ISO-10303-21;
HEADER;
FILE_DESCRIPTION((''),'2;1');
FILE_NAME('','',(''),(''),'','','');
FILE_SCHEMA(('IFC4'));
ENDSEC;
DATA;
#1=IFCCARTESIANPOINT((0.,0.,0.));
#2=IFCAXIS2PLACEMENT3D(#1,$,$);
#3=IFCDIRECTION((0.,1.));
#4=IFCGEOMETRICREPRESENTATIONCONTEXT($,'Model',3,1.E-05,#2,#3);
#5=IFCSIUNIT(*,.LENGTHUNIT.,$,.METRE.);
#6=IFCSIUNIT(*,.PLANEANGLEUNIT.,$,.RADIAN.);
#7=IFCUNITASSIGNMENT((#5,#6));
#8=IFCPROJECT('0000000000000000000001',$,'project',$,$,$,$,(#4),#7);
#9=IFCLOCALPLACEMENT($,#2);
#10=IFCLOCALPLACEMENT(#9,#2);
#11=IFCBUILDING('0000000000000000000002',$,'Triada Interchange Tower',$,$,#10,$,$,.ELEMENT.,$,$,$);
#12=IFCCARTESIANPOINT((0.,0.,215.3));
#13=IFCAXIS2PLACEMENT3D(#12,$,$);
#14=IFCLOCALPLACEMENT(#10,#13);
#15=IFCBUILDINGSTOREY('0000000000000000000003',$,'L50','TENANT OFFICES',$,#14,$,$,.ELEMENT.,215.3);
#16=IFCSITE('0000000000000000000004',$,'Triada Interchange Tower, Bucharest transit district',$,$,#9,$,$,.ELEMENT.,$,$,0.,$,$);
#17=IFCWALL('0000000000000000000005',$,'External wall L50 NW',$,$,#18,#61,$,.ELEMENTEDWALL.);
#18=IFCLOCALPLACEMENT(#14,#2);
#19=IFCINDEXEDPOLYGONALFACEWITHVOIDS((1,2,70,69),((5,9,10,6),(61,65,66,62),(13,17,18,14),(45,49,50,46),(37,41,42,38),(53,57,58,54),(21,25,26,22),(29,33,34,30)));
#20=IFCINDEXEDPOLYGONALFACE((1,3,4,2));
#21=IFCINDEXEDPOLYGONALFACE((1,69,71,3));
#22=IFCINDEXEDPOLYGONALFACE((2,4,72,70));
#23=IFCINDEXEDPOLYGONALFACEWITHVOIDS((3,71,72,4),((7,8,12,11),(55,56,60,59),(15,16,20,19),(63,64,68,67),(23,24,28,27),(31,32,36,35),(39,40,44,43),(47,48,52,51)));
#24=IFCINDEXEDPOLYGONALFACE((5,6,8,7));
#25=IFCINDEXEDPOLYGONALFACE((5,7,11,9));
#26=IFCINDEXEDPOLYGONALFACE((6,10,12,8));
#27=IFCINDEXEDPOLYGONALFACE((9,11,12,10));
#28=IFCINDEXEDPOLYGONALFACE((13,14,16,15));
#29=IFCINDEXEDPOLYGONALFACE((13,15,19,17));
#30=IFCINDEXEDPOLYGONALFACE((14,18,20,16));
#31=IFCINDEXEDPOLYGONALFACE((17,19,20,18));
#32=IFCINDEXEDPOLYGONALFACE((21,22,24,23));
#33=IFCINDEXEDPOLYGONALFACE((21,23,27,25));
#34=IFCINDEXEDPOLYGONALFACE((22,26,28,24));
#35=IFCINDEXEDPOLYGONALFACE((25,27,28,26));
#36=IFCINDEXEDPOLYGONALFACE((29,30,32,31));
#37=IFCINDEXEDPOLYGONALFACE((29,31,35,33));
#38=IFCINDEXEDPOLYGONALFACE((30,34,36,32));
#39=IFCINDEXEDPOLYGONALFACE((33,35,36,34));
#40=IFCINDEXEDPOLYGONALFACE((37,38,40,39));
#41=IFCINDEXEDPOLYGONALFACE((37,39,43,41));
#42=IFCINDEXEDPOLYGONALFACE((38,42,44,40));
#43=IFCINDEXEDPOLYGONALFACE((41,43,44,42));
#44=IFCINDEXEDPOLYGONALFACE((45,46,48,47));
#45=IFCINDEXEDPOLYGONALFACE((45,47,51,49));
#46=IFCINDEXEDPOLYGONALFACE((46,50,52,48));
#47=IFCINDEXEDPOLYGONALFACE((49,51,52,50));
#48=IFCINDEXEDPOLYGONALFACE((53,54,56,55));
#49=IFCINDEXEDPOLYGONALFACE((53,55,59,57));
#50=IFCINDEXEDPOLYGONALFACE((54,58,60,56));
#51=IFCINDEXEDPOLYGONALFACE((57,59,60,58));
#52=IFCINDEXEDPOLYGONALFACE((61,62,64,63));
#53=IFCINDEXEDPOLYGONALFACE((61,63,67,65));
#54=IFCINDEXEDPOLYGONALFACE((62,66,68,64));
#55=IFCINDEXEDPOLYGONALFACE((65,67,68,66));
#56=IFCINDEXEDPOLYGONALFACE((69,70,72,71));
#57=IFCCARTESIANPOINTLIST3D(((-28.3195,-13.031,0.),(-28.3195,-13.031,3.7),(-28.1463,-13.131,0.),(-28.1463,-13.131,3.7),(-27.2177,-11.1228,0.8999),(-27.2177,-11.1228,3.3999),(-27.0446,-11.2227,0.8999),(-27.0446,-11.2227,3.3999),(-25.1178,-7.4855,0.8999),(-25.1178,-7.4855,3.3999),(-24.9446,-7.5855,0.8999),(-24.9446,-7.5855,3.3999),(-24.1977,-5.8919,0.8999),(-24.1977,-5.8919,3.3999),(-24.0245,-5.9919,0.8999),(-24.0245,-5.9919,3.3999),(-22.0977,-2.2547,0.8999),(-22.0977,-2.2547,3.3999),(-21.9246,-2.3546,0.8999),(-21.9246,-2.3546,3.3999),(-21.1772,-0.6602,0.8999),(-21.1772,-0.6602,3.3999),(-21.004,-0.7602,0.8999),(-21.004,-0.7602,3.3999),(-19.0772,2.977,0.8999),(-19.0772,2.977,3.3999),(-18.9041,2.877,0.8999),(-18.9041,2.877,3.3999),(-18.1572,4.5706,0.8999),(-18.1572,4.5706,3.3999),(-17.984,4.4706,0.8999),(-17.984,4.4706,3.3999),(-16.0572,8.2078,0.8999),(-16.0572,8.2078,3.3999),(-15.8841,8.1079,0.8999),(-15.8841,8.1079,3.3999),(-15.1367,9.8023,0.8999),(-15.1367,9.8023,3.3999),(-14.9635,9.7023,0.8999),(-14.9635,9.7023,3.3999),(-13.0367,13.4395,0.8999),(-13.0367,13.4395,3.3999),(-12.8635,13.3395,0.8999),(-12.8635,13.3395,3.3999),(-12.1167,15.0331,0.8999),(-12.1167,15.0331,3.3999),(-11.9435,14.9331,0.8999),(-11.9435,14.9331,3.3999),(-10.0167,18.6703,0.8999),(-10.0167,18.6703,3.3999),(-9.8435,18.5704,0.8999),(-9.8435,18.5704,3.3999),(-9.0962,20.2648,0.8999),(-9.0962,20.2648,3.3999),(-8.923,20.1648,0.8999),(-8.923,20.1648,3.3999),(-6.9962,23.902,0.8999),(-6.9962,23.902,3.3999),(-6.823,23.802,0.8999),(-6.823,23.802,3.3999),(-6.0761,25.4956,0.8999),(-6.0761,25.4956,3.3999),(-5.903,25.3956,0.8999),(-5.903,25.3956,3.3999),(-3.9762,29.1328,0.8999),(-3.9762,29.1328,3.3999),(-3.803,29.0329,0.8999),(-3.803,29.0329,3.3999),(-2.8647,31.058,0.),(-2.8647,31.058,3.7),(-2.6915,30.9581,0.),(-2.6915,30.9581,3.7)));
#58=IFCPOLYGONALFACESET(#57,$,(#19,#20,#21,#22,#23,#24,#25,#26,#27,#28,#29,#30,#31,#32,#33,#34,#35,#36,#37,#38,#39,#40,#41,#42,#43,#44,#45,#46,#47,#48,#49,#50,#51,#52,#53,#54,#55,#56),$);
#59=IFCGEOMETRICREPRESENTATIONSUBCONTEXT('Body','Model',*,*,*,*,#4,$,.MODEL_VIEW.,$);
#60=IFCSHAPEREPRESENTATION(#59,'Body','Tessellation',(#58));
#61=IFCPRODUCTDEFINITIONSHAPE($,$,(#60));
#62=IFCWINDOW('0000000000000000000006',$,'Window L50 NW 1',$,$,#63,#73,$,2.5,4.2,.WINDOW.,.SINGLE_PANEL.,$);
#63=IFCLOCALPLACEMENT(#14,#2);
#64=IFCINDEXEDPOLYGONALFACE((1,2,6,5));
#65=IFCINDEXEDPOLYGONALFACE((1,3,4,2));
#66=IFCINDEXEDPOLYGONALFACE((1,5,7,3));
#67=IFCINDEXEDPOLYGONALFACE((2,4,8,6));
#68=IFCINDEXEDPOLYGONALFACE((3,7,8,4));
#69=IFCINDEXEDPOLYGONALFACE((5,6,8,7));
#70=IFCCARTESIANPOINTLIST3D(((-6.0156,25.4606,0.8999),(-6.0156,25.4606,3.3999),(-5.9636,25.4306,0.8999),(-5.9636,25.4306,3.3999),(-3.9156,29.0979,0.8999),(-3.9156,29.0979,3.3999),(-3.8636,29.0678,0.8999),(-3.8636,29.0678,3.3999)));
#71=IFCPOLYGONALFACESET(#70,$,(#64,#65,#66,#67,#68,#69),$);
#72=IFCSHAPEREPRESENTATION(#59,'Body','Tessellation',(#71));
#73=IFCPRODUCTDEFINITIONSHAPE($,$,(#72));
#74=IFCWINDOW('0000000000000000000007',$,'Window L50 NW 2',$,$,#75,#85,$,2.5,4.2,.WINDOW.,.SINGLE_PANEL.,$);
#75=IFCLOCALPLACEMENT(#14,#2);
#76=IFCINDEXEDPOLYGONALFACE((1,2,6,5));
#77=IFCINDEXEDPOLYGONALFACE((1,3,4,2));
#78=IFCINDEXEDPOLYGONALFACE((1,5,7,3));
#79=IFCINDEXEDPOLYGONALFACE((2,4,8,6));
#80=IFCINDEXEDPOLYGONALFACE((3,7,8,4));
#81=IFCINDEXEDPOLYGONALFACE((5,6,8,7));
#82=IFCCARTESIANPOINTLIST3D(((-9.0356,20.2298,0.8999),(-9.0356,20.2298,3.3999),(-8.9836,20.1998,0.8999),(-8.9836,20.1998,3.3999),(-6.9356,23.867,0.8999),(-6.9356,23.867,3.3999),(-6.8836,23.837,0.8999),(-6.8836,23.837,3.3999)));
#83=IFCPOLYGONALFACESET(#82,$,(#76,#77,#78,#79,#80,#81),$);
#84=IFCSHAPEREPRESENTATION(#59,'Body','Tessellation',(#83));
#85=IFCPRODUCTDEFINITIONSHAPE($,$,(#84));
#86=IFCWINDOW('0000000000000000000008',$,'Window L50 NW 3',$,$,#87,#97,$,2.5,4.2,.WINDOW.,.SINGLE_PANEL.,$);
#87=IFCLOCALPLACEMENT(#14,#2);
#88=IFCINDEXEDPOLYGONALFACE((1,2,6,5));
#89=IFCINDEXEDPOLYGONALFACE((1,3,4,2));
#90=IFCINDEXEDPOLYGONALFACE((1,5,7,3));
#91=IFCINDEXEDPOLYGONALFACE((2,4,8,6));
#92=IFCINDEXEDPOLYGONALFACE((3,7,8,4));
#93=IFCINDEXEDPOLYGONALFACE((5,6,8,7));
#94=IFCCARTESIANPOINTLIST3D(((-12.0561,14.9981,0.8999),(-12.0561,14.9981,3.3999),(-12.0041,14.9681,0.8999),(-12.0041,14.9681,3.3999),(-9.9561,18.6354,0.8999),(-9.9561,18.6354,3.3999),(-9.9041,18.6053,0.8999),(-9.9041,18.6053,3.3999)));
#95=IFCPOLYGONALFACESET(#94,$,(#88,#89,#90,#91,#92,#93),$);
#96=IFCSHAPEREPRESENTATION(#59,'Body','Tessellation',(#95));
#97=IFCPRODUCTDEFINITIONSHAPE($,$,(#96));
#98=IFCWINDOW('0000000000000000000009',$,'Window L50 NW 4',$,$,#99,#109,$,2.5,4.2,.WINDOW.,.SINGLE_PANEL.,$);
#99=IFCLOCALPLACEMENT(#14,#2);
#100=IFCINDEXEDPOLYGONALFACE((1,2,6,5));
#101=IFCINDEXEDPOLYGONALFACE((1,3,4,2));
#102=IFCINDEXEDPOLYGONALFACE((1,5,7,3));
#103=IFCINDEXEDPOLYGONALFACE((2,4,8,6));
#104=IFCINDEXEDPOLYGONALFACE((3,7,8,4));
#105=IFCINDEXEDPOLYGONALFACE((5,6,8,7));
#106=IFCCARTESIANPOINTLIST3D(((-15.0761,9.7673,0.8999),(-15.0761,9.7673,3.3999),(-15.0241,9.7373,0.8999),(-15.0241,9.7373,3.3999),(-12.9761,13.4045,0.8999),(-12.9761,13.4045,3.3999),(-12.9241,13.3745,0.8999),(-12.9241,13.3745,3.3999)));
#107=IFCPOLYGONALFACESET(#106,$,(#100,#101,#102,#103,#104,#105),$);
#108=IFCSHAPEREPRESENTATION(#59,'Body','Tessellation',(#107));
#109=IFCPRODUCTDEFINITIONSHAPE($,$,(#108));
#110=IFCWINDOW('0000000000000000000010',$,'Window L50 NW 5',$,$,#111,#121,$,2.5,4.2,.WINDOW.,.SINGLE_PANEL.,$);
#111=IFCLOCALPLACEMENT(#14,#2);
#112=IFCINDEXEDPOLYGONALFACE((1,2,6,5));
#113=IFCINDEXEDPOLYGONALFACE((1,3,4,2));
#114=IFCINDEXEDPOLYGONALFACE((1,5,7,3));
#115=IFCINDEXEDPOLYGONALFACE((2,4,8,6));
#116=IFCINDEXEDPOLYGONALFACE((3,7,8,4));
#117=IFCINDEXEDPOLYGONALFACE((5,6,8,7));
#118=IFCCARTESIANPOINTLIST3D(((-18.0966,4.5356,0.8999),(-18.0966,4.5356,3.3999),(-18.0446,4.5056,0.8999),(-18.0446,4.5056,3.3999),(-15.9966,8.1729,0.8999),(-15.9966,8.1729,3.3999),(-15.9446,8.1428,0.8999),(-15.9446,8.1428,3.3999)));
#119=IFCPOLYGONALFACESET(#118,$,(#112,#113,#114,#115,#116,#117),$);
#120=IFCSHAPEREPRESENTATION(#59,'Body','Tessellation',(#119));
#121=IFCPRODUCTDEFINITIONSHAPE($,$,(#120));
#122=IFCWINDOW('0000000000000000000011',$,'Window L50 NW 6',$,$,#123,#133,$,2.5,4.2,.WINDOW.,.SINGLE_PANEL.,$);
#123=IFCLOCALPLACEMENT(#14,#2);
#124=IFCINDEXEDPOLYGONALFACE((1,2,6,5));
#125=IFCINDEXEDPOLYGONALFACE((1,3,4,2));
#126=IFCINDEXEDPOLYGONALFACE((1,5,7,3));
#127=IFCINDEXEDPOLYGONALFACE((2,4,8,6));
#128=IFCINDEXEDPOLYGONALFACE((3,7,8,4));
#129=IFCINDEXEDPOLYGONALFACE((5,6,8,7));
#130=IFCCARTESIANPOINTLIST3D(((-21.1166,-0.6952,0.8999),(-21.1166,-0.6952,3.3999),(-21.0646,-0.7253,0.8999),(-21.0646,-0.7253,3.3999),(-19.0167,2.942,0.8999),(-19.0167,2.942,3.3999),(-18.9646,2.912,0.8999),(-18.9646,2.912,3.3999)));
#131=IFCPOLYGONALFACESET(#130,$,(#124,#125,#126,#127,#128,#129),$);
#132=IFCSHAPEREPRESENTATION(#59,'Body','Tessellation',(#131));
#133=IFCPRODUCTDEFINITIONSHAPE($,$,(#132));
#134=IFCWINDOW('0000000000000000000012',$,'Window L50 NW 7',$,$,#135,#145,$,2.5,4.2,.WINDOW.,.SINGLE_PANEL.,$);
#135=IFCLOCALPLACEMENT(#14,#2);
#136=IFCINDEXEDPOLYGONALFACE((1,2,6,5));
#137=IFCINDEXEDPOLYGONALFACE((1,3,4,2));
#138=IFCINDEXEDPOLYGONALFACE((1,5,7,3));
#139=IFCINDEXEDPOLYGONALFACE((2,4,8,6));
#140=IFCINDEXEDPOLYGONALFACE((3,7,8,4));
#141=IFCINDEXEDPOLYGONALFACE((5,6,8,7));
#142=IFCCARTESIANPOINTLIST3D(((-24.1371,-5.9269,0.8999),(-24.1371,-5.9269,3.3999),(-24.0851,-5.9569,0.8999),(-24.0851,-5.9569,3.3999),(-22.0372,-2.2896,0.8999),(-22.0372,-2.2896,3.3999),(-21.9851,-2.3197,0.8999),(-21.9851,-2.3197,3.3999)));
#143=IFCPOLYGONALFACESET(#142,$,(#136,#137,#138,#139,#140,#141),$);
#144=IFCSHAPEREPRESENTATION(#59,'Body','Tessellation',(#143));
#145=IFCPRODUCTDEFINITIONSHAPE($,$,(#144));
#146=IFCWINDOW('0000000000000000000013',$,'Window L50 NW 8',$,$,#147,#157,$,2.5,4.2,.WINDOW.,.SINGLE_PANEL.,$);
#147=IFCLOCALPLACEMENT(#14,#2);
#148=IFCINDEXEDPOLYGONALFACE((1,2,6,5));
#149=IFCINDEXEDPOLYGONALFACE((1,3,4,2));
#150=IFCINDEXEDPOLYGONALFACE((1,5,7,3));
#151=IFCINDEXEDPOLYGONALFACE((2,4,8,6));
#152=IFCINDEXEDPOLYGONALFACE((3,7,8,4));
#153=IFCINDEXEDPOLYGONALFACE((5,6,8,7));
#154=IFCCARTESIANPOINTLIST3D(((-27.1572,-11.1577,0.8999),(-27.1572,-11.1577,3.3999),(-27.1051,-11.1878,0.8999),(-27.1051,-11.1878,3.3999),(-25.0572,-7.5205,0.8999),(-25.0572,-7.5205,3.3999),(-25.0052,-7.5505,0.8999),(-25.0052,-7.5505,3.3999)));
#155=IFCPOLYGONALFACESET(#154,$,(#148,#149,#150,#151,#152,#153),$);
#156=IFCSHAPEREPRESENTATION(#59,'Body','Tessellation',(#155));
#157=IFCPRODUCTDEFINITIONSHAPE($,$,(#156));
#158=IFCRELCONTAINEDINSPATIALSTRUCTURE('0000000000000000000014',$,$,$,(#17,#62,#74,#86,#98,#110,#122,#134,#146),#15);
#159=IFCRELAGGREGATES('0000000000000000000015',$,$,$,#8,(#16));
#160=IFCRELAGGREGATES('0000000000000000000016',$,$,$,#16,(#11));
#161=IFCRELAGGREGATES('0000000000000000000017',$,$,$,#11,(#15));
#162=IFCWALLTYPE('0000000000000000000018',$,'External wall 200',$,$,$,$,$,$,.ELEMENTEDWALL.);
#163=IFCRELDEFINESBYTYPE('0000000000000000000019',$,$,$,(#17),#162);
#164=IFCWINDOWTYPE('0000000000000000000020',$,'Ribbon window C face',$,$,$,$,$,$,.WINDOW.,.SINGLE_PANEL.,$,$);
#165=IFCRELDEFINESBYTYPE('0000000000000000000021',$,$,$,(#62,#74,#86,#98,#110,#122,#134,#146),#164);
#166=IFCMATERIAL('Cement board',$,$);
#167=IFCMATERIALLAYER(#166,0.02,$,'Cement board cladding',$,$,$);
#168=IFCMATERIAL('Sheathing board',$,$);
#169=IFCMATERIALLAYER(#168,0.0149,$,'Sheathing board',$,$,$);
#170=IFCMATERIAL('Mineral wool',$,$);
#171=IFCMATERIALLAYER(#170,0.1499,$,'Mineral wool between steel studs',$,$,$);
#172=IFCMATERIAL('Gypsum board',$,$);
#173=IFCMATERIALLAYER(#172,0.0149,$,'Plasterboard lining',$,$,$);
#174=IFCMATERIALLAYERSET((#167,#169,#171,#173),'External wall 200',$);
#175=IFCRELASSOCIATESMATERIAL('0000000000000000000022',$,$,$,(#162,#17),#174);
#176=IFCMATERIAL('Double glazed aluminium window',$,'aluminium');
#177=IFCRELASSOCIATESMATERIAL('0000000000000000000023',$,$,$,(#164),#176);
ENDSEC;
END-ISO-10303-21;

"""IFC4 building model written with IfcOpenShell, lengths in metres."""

from ifc_helpers import new_model, si_unit, direction, frame, frame_2d, origin, place, context, subcontext, project, spatial, rectangle, extrude, material, layer, layer_set, layer_usage, type_object, element, fill, save


model = new_model("IFC4")

# Units and contexts
model_context = context("Model", 3, precision=1e-05, world=origin(), true_north=direction((0.0, 1.0)))
body_context = subcontext(model_context, "Body", "Model", "MODEL_VIEW")
ifc_project = project(units=[si_unit("LENGTHUNIT", "METRE"), si_unit("PLANEANGLEUNIT", "RADIAN")], contexts=[model_context])

# Site, building, storey
site_placement = place(None, origin())
site = spatial("IfcSite", under=ifc_project, at=site_placement, Name="Triada Interchange Tower, Bucharest transit district", CompositionType="ELEMENT", RefElevation=0.0)
building_placement = place(site_placement, origin())
building = spatial("IfcBuilding", under=site, at=building_placement, Name="Triada Interchange Tower", CompositionType="ELEMENT")
storey_placement = place(building_placement, frame((0.0, 0.0, 215.3)))
storey = spatial("IfcBuildingStorey", under=building, at=storey_placement, Name="L50", Description="TENANT OFFICES", CompositionType="ELEMENT", Elevation=215.3)

# Wall, openings, windows
ifc_material_1 = material(Name="Cement board")
ifc_layer_1 = layer(ifc_material_1, 0.02, Name="Cement board cladding")
ifc_material_2 = material(Name="Sheathing board")
ifc_layer_2 = layer(ifc_material_2, 0.0149, Name="Sheathing board")
ifc_material_3 = material(Name="Mineral wool")
ifc_layer_3 = layer(ifc_material_3, 0.1499, Name="Mineral wool between steel studs")
ifc_material_4 = material(Name="Gypsum board")
ifc_layer_4 = layer(ifc_material_4, 0.0149, Name="Plasterboard lining")
ifc_layer_set_1 = layer_set([ifc_layer_1, ifc_layer_2, ifc_layer_3, ifc_layer_4], Name="External wall 200")
ifc_layer_usage = layer_usage(ifc_layer_set_1, "AXIS2", "POSITIVE", -0.1001)
wall_type_1 = type_object("IfcWallType", Name="External wall 200", PredefinedType="ELEMENTEDWALL", material=ifc_layer_set_1)
wall_1_placement = place(storey_placement, frame((-2.7781, 31.0081, 0.0), z_axis=(0.0, 0.0, 1.0), x_axis=(-0.5, -0.866026, 0.0)))
wall_1 = element("IfcWall", 1, at=wall_1_placement, inside=storey, type_object=wall_type_1, material=ifc_layer_usage, Name="External wall L50 NW", PredefinedType="ELEMENTEDWALL", context=body_context, shape_type="SweptSolid", body=[
    extrude(rectangle(XDim=50.9097, YDim=0.2, at=frame_2d((25.4548, 0.0))), origin(), (0.0, 0.0, 1.0), 3.7),
])
opening_1_placement = place(wall_1_placement, frame((2.2229, 0.0, 0.8999)))
opening_1 = element("IfcOpeningElement", 2, at=opening_1_placement, cuts=wall_1, PredefinedType="OPENING", context=body_context, shape_type="SweptSolid", body=[
    extrude(rectangle(XDim=4.2, YDim=2.5, at=frame_2d((2.1001, 1.25))), frame((0.0, 0.1099, 0.0), z_axis=(0.0, -1.0, 0.0), x_axis=(1.0, 0.0, 0.0)), (0.0, 0.0, 1.0), 0.22),
])
opening_2_placement = place(wall_1_placement, frame((8.2629, 0.0, 0.8999)))
opening_2 = element("IfcOpeningElement", 3, at=opening_2_placement, cuts=wall_1, PredefinedType="OPENING", context=body_context, shape_type="SweptSolid", body=[
    extrude(rectangle(XDim=4.2, YDim=2.5, at=frame_2d((2.1001, 1.25))), frame((0.0, 0.1099, 0.0), z_axis=(0.0, -1.0, 0.0), x_axis=(1.0, 0.0, 0.0)), (0.0, 0.0, 1.0), 0.22),
])
opening_3_placement = place(wall_1_placement, frame((14.304, 0.0, 0.8999)))
opening_3 = element("IfcOpeningElement", 4, at=opening_3_placement, cuts=wall_1, PredefinedType="OPENING", context=body_context, shape_type="SweptSolid", body=[
    extrude(rectangle(XDim=4.2, YDim=2.5, at=frame_2d((2.1001, 1.25))), frame((0.0, 0.1099, 0.0), z_axis=(0.0, -1.0, 0.0), x_axis=(1.0, 0.0, 0.0)), (0.0, 0.0, 1.0), 0.22),
])
opening_4_placement = place(wall_1_placement, frame((20.344, 0.0, 0.8999)))
opening_4 = element("IfcOpeningElement", 5, at=opening_4_placement, cuts=wall_1, PredefinedType="OPENING", context=body_context, shape_type="SweptSolid", body=[
    extrude(rectangle(XDim=4.2, YDim=2.5, at=frame_2d((2.1001, 1.25))), frame((0.0, 0.1099, 0.0), z_axis=(0.0, -1.0, 0.0), x_axis=(1.0, 0.0, 0.0)), (0.0, 0.0, 1.0), 0.22),
])
opening_5_placement = place(wall_1_placement, frame((26.385, 0.0, 0.8999)))
opening_5 = element("IfcOpeningElement", 6, at=opening_5_placement, cuts=wall_1, PredefinedType="OPENING", context=body_context, shape_type="SweptSolid", body=[
    extrude(rectangle(XDim=4.2, YDim=2.5, at=frame_2d((2.1001, 1.25))), frame((0.0, 0.1099, 0.0), z_axis=(0.0, -1.0, 0.0), x_axis=(1.0, 0.0, 0.0)), (0.0, 0.0, 1.0), 0.22),
])
opening_6_placement = place(wall_1_placement, frame((32.425, 0.0, 0.8999)))
opening_6 = element("IfcOpeningElement", 7, at=opening_6_placement, cuts=wall_1, PredefinedType="OPENING", context=body_context, shape_type="SweptSolid", body=[
    extrude(rectangle(XDim=4.2, YDim=2.5, at=frame_2d((2.1001, 1.25))), frame((0.0, 0.1099, 0.0), z_axis=(0.0, -1.0, 0.0), x_axis=(1.0, 0.0, 0.0)), (0.0, 0.0, 1.0), 0.22),
])
opening_7_placement = place(wall_1_placement, frame((38.4661, 0.0, 0.8999)))
opening_7 = element("IfcOpeningElement", 8, at=opening_7_placement, cuts=wall_1, PredefinedType="OPENING", context=body_context, shape_type="SweptSolid", body=[
    extrude(rectangle(XDim=4.2, YDim=2.5, at=frame_2d((2.1001, 1.25))), frame((0.0, 0.1099, 0.0), z_axis=(0.0, -1.0, 0.0), x_axis=(1.0, 0.0, 0.0)), (0.0, 0.0, 1.0), 0.22),
])
opening_8_placement = place(wall_1_placement, frame((44.5061, 0.0, 0.8999)))
opening_8 = element("IfcOpeningElement", 9, at=opening_8_placement, cuts=wall_1, PredefinedType="OPENING", context=body_context, shape_type="SweptSolid", body=[
    extrude(rectangle(XDim=4.2, YDim=2.5, at=frame_2d((2.1001, 1.25))), frame((0.0, 0.1099, 0.0), z_axis=(0.0, -1.0, 0.0), x_axis=(1.0, 0.0, 0.0)), (0.0, 0.0, 1.0), 0.22),
])
ifc_material_5 = material(Name="Double glazed aluminium window", Category="aluminium")
window_type = type_object("IfcWindowType", Name="Ribbon window C face", PartitioningType="SINGLE_PANEL", PredefinedType="WINDOW", material=ifc_material_5)
window_1_placement = place(opening_1_placement, origin())
window_1 = element("IfcWindow", 10, at=window_1_placement, inside=storey, type_object=window_type, Name="Window L50 NW 1", OverallHeight=2.5, OverallWidth=4.2, PartitioningType="SINGLE_PANEL", PredefinedType="WINDOW", context=body_context, shape_type="SweptSolid", body=[
    extrude(rectangle(XDim=4.2, YDim=2.5, at=frame_2d((2.1001, 1.25))), frame((0.0, 0.03, 0.0), z_axis=(0.0, -1.0, 0.0), x_axis=(1.0, 0.0, 0.0)), (0.0, 0.0, 1.0), 0.0601),
])
fill(opening_1, window_1)
window_2_placement = place(opening_2_placement, origin())
window_2 = element("IfcWindow", 11, at=window_2_placement, inside=storey, type_object=window_type, Name="Window L50 NW 2", OverallHeight=2.5, OverallWidth=4.2, PartitioningType="SINGLE_PANEL", PredefinedType="WINDOW", context=body_context, shape_type="SweptSolid", body=[
    extrude(rectangle(XDim=4.2, YDim=2.5, at=frame_2d((2.1001, 1.25))), frame((0.0, 0.03, 0.0), z_axis=(0.0, -1.0, 0.0), x_axis=(1.0, 0.0, 0.0)), (0.0, 0.0, 1.0), 0.0601),
])
fill(opening_2, window_2)
window_3_placement = place(opening_3_placement, origin())
window_3 = element("IfcWindow", 12, at=window_3_placement, inside=storey, type_object=window_type, Name="Window L50 NW 3", OverallHeight=2.5, OverallWidth=4.2, PartitioningType="SINGLE_PANEL", PredefinedType="WINDOW", context=body_context, shape_type="SweptSolid", body=[
    extrude(rectangle(XDim=4.2, YDim=2.5, at=frame_2d((2.1001, 1.25))), frame((0.0, 0.03, 0.0), z_axis=(0.0, -1.0, 0.0), x_axis=(1.0, 0.0, 0.0)), (0.0, 0.0, 1.0), 0.0601),
])
fill(opening_3, window_3)
window_4_placement = place(opening_4_placement, origin())
window_4 = element("IfcWindow", 13, at=window_4_placement, inside=storey, type_object=window_type, Name="Window L50 NW 4", OverallHeight=2.5, OverallWidth=4.2, PartitioningType="SINGLE_PANEL", PredefinedType="WINDOW", context=body_context, shape_type="SweptSolid", body=[
    extrude(rectangle(XDim=4.2, YDim=2.5, at=frame_2d((2.1001, 1.25))), frame((0.0, 0.03, 0.0), z_axis=(0.0, -1.0, 0.0), x_axis=(1.0, 0.0, 0.0)), (0.0, 0.0, 1.0), 0.0601),
])
fill(opening_4, window_4)
window_5_placement = place(opening_5_placement, origin())
window_5 = element("IfcWindow", 14, at=window_5_placement, inside=storey, type_object=window_type, Name="Window L50 NW 5", OverallHeight=2.5, OverallWidth=4.2, PartitioningType="SINGLE_PANEL", PredefinedType="WINDOW", context=body_context, shape_type="SweptSolid", body=[
    extrude(rectangle(XDim=4.2, YDim=2.5, at=frame_2d((2.1001, 1.25))), frame((0.0, 0.03, 0.0), z_axis=(0.0, -1.0, 0.0), x_axis=(1.0, 0.0, 0.0)), (0.0, 0.0, 1.0), 0.0601),
])
fill(opening_5, window_5)
window_6_placement = place(opening_6_placement, origin())
window_6 = element("IfcWindow", 15, at=window_6_placement, inside=storey, type_object=window_type, Name="Window L50 NW 6", OverallHeight=2.5, OverallWidth=4.2, PartitioningType="SINGLE_PANEL", PredefinedType="WINDOW", context=body_context, shape_type="SweptSolid", body=[
    extrude(rectangle(XDim=4.2, YDim=2.5, at=frame_2d((2.1001, 1.25))), frame((0.0, 0.03, 0.0), z_axis=(0.0, -1.0, 0.0), x_axis=(1.0, 0.0, 0.0)), (0.0, 0.0, 1.0), 0.0601),
])
fill(opening_6, window_6)
window_7_placement = place(opening_7_placement, origin())
window_7 = element("IfcWindow", 16, at=window_7_placement, inside=storey, type_object=window_type, Name="Window L50 NW 7", OverallHeight=2.5, OverallWidth=4.2, PartitioningType="SINGLE_PANEL", PredefinedType="WINDOW", context=body_context, shape_type="SweptSolid", body=[
    extrude(rectangle(XDim=4.2, YDim=2.5, at=frame_2d((2.1001, 1.25))), frame((0.0, 0.03, 0.0), z_axis=(0.0, -1.0, 0.0), x_axis=(1.0, 0.0, 0.0)), (0.0, 0.0, 1.0), 0.0601),
])
fill(opening_7, window_7)
window_8_placement = place(opening_8_placement, origin())
window_8 = element("IfcWindow", 17, at=window_8_placement, inside=storey, type_object=window_type, Name="Window L50 NW 8", OverallHeight=2.5, OverallWidth=4.2, PartitioningType="SINGLE_PANEL", PredefinedType="WINDOW", context=body_context, shape_type="SweptSolid", body=[
    extrude(rectangle(XDim=4.2, YDim=2.5, at=frame_2d((2.1001, 1.25))), frame((0.0, 0.03, 0.0), z_axis=(0.0, -1.0, 0.0), x_axis=(1.0, 0.0, 0.0)), (0.0, 0.0, 1.0), 0.0601),
])
fill(opening_8, window_8)

save(model, "model.ifc")
